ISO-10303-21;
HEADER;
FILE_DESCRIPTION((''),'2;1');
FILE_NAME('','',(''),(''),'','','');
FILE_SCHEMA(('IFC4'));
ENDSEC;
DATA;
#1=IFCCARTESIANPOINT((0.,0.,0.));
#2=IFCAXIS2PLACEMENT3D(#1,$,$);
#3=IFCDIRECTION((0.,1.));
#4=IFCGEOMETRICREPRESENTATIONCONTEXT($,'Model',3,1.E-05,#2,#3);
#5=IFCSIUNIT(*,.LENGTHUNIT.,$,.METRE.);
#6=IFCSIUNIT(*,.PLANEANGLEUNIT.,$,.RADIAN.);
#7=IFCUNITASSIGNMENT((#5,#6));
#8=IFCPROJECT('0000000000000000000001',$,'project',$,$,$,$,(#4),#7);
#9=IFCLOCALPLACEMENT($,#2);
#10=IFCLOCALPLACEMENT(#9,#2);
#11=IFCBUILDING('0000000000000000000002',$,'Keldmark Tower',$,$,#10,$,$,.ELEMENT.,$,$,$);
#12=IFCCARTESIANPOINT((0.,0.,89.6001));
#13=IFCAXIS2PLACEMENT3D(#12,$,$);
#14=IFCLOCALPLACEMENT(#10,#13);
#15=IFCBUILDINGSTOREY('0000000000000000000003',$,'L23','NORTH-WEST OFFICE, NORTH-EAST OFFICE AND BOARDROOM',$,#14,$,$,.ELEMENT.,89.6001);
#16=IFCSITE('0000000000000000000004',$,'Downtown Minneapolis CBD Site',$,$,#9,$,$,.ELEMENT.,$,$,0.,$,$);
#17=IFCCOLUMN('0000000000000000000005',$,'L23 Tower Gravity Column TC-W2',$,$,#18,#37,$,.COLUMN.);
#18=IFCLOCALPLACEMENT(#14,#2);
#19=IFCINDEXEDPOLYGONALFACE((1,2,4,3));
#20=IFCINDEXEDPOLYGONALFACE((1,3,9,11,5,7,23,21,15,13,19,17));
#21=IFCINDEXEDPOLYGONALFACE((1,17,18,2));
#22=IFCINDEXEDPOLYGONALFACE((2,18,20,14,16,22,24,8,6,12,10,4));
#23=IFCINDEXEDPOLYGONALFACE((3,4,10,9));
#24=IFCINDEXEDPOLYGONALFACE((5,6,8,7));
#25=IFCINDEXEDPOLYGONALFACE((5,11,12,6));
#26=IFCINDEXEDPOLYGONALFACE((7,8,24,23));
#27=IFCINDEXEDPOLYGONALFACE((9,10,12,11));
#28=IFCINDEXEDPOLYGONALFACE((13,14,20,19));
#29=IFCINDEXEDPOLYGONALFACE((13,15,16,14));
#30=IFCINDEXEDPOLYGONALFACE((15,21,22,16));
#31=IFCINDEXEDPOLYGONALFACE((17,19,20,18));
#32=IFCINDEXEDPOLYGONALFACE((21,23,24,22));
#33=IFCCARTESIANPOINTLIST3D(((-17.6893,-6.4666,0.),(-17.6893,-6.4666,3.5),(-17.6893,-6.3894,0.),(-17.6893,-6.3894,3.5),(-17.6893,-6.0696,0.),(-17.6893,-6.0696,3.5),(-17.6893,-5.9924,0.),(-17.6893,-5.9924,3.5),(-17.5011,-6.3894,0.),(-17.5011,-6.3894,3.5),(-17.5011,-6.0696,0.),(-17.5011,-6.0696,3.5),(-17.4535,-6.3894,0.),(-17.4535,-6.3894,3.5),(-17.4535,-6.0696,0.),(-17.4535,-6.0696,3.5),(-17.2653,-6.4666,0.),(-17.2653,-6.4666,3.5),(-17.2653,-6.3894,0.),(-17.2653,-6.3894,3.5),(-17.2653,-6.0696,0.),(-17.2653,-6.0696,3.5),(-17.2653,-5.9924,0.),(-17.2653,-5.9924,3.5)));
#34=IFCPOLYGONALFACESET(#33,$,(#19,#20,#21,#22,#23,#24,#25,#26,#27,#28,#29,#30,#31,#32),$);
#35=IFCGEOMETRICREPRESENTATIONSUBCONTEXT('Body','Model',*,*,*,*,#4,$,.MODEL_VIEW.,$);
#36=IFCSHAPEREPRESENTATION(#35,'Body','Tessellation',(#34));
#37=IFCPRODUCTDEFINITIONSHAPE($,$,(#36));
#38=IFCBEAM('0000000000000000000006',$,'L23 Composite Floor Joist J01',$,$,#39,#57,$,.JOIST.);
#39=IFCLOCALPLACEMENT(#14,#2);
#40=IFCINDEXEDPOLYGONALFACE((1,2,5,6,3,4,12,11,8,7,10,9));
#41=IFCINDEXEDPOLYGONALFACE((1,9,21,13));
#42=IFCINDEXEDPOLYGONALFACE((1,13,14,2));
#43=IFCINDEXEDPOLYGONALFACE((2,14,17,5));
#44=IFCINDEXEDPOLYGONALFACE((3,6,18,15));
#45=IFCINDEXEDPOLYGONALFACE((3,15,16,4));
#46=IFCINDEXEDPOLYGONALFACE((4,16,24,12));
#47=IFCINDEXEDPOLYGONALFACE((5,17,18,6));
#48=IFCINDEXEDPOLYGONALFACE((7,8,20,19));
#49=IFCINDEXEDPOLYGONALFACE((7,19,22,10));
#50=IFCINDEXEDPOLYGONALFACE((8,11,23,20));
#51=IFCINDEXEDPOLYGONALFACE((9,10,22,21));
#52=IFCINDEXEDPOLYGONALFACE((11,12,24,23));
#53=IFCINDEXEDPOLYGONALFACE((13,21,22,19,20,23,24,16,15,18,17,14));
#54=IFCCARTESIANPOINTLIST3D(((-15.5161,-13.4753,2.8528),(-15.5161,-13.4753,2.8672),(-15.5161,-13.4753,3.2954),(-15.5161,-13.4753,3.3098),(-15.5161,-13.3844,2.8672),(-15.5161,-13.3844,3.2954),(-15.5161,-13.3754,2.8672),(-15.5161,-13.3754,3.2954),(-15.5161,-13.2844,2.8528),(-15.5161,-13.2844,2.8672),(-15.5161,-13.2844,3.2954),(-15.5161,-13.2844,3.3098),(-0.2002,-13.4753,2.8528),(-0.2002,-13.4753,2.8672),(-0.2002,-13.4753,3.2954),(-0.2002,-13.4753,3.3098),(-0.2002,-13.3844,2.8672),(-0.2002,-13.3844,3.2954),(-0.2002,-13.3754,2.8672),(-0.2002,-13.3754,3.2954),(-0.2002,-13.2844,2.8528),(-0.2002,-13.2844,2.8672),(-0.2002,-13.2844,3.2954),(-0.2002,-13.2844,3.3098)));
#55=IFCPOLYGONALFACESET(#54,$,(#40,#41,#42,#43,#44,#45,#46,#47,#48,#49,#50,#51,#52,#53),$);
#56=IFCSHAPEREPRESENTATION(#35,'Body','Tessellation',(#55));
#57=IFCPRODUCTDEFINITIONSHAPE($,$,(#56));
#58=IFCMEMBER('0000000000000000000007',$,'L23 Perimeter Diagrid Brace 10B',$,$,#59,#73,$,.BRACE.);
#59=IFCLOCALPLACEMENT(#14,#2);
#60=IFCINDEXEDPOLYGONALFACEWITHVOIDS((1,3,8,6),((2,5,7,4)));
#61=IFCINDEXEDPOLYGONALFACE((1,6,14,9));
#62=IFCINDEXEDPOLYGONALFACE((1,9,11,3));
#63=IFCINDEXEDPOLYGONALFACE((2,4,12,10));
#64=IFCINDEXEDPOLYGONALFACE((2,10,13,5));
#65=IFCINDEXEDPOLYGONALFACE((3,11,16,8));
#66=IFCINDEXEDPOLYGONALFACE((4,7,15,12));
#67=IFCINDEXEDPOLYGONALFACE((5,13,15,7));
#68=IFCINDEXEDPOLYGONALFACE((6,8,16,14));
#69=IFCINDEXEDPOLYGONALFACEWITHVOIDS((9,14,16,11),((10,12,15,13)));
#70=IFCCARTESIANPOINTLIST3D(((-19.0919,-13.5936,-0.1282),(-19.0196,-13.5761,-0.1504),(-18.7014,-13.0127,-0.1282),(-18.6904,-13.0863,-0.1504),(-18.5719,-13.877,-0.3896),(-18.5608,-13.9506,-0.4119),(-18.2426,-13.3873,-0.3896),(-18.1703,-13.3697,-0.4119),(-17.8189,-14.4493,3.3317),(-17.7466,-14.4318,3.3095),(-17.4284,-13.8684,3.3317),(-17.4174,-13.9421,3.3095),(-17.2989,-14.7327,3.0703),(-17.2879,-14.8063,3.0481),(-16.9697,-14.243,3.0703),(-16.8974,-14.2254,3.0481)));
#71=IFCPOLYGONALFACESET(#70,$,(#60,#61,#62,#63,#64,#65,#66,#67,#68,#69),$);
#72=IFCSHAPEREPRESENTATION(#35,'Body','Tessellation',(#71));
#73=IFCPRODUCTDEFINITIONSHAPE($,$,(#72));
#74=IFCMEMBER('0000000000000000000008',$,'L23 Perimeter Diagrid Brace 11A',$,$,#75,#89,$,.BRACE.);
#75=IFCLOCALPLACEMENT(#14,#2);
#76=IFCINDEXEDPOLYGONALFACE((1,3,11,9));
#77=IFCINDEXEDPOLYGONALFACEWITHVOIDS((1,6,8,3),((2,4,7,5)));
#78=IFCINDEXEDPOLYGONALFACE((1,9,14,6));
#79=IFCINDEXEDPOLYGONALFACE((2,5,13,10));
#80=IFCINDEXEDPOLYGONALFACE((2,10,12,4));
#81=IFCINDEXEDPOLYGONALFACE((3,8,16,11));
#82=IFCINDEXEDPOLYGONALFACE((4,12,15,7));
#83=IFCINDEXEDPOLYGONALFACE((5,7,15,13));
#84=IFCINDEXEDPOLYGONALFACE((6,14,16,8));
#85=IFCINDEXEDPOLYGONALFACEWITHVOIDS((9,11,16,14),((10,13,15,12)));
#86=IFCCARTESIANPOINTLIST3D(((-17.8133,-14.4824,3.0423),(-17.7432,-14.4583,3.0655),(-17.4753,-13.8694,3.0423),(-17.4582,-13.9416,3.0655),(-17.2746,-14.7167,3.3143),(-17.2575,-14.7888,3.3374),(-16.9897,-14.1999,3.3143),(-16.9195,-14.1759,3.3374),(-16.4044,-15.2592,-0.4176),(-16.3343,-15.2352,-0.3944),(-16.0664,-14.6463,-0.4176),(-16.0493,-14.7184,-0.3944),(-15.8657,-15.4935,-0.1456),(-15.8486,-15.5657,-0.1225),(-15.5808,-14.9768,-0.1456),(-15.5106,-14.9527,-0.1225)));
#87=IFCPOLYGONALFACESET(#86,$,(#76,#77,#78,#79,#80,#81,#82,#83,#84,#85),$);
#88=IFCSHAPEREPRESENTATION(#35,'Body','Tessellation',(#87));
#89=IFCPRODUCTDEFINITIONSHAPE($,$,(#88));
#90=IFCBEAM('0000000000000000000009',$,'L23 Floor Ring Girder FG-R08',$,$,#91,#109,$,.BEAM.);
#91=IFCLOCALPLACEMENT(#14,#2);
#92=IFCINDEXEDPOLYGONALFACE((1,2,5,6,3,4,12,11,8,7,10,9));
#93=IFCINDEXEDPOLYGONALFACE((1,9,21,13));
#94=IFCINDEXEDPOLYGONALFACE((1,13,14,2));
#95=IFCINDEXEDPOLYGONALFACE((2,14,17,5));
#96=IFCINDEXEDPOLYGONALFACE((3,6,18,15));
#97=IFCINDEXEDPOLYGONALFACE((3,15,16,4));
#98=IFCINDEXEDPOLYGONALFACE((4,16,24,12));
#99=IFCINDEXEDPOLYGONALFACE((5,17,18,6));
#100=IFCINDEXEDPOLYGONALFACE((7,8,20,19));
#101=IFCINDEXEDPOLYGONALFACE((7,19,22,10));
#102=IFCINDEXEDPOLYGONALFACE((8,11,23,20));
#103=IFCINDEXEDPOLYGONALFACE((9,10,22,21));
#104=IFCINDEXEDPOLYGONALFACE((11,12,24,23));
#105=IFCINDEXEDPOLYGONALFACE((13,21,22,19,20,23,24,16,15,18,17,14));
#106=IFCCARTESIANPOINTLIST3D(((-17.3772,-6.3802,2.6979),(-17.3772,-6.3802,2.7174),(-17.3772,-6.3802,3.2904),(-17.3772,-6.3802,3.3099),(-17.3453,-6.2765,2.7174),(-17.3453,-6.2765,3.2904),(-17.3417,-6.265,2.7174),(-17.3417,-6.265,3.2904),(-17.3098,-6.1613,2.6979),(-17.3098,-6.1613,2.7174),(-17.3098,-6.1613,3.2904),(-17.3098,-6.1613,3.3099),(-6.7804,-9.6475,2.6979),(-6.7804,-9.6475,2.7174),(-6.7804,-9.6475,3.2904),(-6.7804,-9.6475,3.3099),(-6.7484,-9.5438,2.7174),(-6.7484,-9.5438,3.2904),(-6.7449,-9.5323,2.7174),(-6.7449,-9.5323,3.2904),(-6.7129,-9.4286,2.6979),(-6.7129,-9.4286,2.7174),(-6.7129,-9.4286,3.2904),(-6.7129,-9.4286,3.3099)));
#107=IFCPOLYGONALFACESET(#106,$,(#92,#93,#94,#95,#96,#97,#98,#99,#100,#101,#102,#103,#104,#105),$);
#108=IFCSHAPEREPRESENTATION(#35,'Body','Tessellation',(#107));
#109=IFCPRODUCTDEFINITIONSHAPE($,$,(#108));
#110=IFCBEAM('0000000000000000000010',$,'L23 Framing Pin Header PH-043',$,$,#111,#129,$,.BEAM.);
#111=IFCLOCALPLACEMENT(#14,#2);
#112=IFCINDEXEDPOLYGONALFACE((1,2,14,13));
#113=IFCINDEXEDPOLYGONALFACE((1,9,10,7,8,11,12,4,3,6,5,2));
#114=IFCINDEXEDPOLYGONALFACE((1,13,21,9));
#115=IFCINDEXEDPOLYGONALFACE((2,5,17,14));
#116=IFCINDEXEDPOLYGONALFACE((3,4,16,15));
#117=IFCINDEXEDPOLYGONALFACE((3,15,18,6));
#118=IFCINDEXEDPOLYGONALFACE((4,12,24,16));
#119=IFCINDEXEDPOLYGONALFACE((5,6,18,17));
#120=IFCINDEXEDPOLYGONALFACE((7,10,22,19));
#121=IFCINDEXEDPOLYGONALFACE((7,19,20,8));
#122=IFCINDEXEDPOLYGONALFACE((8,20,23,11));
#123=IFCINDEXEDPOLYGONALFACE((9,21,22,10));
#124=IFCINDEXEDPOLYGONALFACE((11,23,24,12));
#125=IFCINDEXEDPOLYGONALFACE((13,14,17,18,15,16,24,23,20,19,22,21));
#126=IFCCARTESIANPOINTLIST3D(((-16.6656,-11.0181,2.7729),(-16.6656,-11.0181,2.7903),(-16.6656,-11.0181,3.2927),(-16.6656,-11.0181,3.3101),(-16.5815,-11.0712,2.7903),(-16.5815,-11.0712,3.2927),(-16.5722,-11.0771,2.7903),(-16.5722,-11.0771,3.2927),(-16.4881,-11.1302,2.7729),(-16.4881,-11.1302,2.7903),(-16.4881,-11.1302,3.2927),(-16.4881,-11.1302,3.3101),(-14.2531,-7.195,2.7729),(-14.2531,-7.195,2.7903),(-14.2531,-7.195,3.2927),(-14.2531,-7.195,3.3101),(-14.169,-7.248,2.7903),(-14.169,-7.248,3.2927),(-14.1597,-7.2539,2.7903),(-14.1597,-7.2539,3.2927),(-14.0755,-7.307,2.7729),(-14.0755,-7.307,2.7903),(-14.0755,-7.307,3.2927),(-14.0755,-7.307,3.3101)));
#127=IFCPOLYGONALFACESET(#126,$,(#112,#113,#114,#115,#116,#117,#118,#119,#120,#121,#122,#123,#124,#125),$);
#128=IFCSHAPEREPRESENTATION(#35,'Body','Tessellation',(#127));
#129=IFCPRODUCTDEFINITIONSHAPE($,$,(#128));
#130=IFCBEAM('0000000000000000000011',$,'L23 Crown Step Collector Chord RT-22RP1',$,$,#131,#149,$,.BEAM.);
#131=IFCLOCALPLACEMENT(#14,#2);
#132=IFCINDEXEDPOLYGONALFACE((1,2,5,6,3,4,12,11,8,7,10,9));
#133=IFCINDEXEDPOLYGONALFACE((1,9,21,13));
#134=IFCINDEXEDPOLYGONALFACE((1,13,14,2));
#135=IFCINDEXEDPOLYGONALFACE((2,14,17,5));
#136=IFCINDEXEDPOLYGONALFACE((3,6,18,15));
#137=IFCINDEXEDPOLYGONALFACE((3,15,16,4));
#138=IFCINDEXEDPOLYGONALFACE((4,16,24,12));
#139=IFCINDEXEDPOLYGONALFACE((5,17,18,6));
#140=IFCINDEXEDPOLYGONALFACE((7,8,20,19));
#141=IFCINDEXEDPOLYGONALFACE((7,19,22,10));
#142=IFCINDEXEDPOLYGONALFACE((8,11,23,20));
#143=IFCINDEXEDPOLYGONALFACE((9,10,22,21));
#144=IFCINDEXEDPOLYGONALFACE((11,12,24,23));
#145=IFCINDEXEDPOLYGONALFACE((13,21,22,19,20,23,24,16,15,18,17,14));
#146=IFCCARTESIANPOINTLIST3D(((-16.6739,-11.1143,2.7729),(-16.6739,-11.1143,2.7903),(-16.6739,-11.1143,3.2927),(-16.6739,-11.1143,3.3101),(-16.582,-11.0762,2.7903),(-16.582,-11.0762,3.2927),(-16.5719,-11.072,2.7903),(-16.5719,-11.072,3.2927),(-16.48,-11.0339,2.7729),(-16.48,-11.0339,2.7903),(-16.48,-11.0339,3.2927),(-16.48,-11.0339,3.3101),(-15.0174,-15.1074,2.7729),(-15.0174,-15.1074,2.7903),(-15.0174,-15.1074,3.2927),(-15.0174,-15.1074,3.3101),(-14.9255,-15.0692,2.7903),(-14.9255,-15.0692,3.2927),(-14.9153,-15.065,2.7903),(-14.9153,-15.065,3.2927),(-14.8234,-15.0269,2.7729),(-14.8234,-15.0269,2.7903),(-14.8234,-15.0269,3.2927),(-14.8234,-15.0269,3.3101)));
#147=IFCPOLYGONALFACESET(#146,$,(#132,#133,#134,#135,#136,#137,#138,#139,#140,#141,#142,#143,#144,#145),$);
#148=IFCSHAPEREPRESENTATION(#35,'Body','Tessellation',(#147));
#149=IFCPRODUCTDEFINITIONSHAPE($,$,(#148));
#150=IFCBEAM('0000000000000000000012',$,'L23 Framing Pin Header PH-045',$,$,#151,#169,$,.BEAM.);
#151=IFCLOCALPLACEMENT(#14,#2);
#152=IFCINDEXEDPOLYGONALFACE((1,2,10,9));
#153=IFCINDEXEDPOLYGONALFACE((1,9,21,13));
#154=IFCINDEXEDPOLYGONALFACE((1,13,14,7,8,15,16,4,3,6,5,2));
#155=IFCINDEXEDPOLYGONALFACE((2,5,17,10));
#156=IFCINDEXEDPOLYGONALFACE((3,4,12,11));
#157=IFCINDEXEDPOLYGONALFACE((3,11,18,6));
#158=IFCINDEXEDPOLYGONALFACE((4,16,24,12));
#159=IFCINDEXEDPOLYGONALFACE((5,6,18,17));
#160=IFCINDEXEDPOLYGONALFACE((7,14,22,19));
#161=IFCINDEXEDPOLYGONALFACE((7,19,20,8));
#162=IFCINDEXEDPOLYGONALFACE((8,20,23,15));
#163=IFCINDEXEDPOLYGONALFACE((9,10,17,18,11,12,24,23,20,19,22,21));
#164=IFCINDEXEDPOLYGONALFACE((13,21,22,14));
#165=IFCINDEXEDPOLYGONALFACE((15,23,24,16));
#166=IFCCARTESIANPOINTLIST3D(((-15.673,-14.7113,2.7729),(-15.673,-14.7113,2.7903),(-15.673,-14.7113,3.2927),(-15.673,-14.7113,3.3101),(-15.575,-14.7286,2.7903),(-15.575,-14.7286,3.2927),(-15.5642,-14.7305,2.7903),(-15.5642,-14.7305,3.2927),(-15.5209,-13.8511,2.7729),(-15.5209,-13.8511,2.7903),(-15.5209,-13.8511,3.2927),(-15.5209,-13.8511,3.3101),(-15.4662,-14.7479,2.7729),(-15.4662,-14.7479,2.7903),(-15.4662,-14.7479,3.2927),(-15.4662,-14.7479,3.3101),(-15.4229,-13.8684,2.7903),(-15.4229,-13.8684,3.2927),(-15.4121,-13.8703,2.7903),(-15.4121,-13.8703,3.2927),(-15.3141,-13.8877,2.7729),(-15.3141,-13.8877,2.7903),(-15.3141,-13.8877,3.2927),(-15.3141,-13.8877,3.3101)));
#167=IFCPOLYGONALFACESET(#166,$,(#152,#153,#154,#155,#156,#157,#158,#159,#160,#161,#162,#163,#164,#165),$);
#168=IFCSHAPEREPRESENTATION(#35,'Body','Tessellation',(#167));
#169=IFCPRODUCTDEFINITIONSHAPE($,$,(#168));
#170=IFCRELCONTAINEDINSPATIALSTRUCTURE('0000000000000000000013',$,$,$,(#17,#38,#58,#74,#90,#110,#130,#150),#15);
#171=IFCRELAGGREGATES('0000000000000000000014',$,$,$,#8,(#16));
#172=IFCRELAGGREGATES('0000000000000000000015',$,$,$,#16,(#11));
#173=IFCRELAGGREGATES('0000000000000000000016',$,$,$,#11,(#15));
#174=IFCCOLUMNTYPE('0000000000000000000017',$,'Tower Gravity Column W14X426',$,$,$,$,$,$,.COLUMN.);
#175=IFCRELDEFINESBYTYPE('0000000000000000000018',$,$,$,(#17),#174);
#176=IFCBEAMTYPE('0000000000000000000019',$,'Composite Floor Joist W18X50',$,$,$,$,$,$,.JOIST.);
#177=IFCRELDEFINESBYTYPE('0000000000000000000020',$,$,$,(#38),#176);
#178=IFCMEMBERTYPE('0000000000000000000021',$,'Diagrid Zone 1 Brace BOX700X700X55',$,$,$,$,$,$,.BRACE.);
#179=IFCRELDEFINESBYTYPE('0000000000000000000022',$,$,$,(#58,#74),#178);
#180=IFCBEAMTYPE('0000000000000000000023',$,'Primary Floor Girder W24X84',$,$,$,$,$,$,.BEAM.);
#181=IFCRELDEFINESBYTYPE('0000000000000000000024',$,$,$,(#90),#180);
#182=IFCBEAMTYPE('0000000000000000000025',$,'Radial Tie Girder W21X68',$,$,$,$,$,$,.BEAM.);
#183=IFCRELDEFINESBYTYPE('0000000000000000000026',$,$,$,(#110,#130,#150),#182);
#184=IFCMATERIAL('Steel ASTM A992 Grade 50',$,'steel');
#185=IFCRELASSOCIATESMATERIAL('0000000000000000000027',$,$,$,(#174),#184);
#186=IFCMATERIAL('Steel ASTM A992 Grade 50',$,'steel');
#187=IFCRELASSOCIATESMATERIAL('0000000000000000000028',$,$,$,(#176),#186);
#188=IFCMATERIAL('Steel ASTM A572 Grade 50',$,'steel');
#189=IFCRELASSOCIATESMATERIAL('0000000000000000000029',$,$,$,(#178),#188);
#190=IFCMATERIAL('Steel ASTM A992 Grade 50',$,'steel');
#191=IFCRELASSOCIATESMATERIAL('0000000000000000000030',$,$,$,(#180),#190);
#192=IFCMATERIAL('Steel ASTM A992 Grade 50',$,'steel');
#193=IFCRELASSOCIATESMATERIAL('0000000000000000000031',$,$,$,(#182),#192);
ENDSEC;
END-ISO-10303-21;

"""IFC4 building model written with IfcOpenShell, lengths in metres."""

from ifc_helpers import new_model, si_unit, direction, frame, origin, origin_2d, place, context, subcontext, project, spatial, hollow_rectangle, i_section, extrude, material, material_profile, profile_set, type_object, element, save


model = new_model("IFC4")

# Units and contexts
model_context = context("Model", 3, precision=1e-05, world=origin(), true_north=direction((0.0, 1.0)))
body_context = subcontext(model_context, "Body", "Model", "MODEL_VIEW")
ifc_project = project(units=[si_unit("LENGTHUNIT", "METRE"), si_unit("PLANEANGLEUNIT", "RADIAN")], contexts=[model_context])

# Site, building, storey
site_placement = place(None, origin())
site = spatial("IfcSite", under=ifc_project, at=site_placement, Name="Downtown Minneapolis CBD Site", CompositionType="ELEMENT", RefElevation=0.0)
building_placement = place(site_placement, origin())
building = spatial("IfcBuilding", under=site, at=building_placement, Name="Keldmark Tower", CompositionType="ELEMENT")
storey_placement = place(building_placement, frame((0.0, 0.0, 89.6001)))
storey = spatial("IfcBuildingStorey", under=building, at=storey_placement, Name="L23", Description="NORTH-WEST OFFICE, NORTH-EAST OFFICE AND BOARDROOM", CompositionType="ELEMENT", Elevation=89.6001)

# Column
ifc_material_1 = material(Name="Steel ASTM A992 Grade 50", Category="steel")
ifc_material_profile_1 = material_profile(ifc_material_1, i_section(OverallWidth=0.4241, OverallDepth=0.4741, WebThickness=0.0476, FlangeThickness=0.0771, at=origin_2d()), Name="W14X426")
ifc_profile_set_1 = profile_set([ifc_material_profile_1], Name="Steel ASTM A992 Grade 50")
column_type = type_object("IfcColumnType", Name="Tower Gravity Column W14X426", PredefinedType="COLUMN", material=ifc_profile_set_1)
column_placement = place(storey_placement, frame((-17.4773, -6.2295, 0.0), z_axis=(0.0, 0.0, 1.0), x_axis=(1.0, 0.0, 0.0)))
element("IfcColumn", 1, at=column_placement, inside=storey, type_object=column_type, Name="L23 Tower Gravity Column TC-W2", PredefinedType="COLUMN", context=body_context, shape_type="SweptSolid", body=[
    extrude(i_section(OverallWidth=0.4241, OverallDepth=0.4741, WebThickness=0.0476, FlangeThickness=0.0771, at=origin_2d()), origin(), (0.0, 0.0, 1.0), 3.5),
])

# Beam
ifc_material_2 = material(Name="Steel ASTM A992 Grade 50", Category="steel")
ifc_material_profile_2 = material_profile(ifc_material_2, i_section(OverallWidth=0.1909, OverallDepth=0.457, WebThickness=0.009, FlangeThickness=0.0144, at=origin_2d()), Name="W18X50")
ifc_profile_set_2 = profile_set([ifc_material_profile_2], Name="Steel ASTM A992 Grade 50")
beam_type_1 = type_object("IfcBeamType", Name="Composite Floor Joist W18X50", PredefinedType="JOIST", material=ifc_profile_set_2)
beam_1_placement = place(storey_placement, frame((-15.5161, -13.3799, 3.0813), z_axis=(1.0, 0.0, 0.0), x_axis=(0.0, 1.0, 0.0)))
element("IfcBeam", 2, at=beam_1_placement, inside=storey, type_object=beam_type_1, Name="L23 Composite Floor Joist J01", PredefinedType="JOIST", context=body_context, shape_type="SweptSolid", body=[
    extrude(i_section(OverallWidth=0.1909, OverallDepth=0.457, WebThickness=0.009, FlangeThickness=0.0144, at=origin_2d()), origin(), (0.0, 0.0, 1.0), 15.3159),
])

# Members
ifc_material_3 = material(Name="Steel ASTM A572 Grade 50", Category="steel")
ifc_material_profile_3 = material_profile(ifc_material_3, hollow_rectangle(XDim=0.7, YDim=0.7, WallThickness=0.0549, at=origin_2d()), Name="BOX700X700X55")
ifc_profile_set_3 = profile_set([ifc_material_profile_3], Name="Steel ASTM A572 Grade 50")
member_type = type_object("IfcMemberType", Name="Diagrid Zone 1 Brace BOX700X700X55", PredefinedType="BRACE", material=ifc_profile_set_3)
member_1_placement = place(storey_placement, frame((-18.6311, -13.4817, -0.27), z_axis=(0.336341, -0.226098, 0.914196), x_axis=(0.557892, 0.829914, 0.0)))
element("IfcMember", 3, at=member_1_placement, inside=storey, type_object=member_type, Name="L23 Perimeter Diagrid Brace 10B", PredefinedType="BRACE", context=body_context, shape_type="SweptSolid", body=[
    extrude(hollow_rectangle(XDim=0.7, YDim=0.7, WallThickness=0.0549, at=origin_2d()), origin(), (0.0, 0.0, 1.0), 3.7847),
])
member_2_placement = place(storey_placement, frame((-15.9575, -15.106, -0.27), z_axis=(-0.369242, 0.203592, 0.906758), x_axis=(-0.482845, -0.875706, 0.0)))
element("IfcMember", 4, at=member_2_placement, inside=storey, type_object=member_type, Name="L23 Perimeter Diagrid Brace 11A", PredefinedType="BRACE", context=body_context, shape_type="SweptSolid", body=[
    extrude(hollow_rectangle(XDim=0.7, YDim=0.7, WallThickness=0.0549, at=origin_2d()), origin(), (0.0, 0.0, 1.0), 3.8157),
])

# Beams
ifc_material_4 = material(Name="Steel ASTM A992 Grade 50", Category="steel")
ifc_material_profile_4 = material_profile(ifc_material_4, i_section(OverallWidth=0.229, OverallDepth=0.6121, WebThickness=0.012, FlangeThickness=0.0195, at=origin_2d()), Name="W24X84")
ifc_profile_set_4 = profile_set([ifc_material_profile_4], Name="Steel ASTM A992 Grade 50")
beam_type_2 = type_object("IfcBeamType", Name="Primary Floor Girder W24X84", PredefinedType="BEAM", material=ifc_profile_set_4)
beam_2_placement = place(storey_placement, frame((-17.3435, -6.2708, 3.0039), z_axis=(0.955608, -0.294641, 0.0), x_axis=(0.294641, 0.955608, 0.0)))
element("IfcBeam", 5, at=beam_2_placement, inside=storey, type_object=beam_type_2, Name="L23 Floor Ring Girder FG-R08", PredefinedType="BEAM", context=body_context, shape_type="SweptSolid", body=[
    extrude(i_section(OverallWidth=0.229, OverallDepth=0.6121, WebThickness=0.012, FlangeThickness=0.0195, at=origin_2d()), origin(), (0.0, 0.0, 1.0), 11.0891),
])
ifc_material_5 = material(Name="Steel ASTM A992 Grade 50", Category="steel")
ifc_material_profile_5 = material_profile(ifc_material_5, i_section(OverallWidth=0.21, OverallDepth=0.5371, WebThickness=0.011, FlangeThickness=0.0173, at=origin_2d()), Name="W21X68")
ifc_profile_set_5 = profile_set([ifc_material_profile_5], Name="Steel ASTM A992 Grade 50")
beam_type_3 = type_object("IfcBeamType", Name="Radial Tie Girder W21X68", PredefinedType="BEAM", material=ifc_profile_set_5)
beam_3_placement = place(storey_placement, frame((-14.1643, -7.251, 3.0415), z_axis=(-0.533664, -0.845697, 0.0), x_axis=(0.845697, -0.533664, 0.0)))
element("IfcBeam", 6, at=beam_3_placement, inside=storey, type_object=beam_type_3, Name="L23 Framing Pin Header PH-043", PredefinedType="BEAM", context=body_context, shape_type="SweptSolid", body=[
    extrude(i_section(OverallWidth=0.21, OverallDepth=0.5371, WebThickness=0.011, FlangeThickness=0.0173, at=origin_2d()), origin(), (0.0, 0.0, 1.0), 4.5208),
])
beam_4_placement = place(storey_placement, frame((-14.9204, -15.0671, 3.0415), z_axis=(-0.383191, 0.923669, 0.0), x_axis=(-0.923669, -0.383191, 0.0)))
element("IfcBeam", 7, at=beam_4_placement, inside=storey, type_object=beam_type_3, Name="L23 Crown Step Collector Chord RT-22RP1", PredefinedType="BEAM", context=body_context, shape_type="SweptSolid", body=[
    extrude(i_section(OverallWidth=0.21, OverallDepth=0.5371, WebThickness=0.011, FlangeThickness=0.0173, at=origin_2d()), origin(), (0.0, 0.0, 1.0), 4.323),
])
beam_5_placement = place(storey_placement, frame((-15.4175, -13.8694, 3.0415), z_axis=(-0.174136, -0.984722, 0.0), x_axis=(0.984722, -0.174136, 0.0)))
element("IfcBeam", 8, at=beam_5_placement, inside=storey, type_object=beam_type_3, Name="L23 Framing Pin Header PH-045", PredefinedType="BEAM", context=body_context, shape_type="SweptSolid", body=[
    extrude(i_section(OverallWidth=0.21, OverallDepth=0.5371, WebThickness=0.011, FlangeThickness=0.0173, at=origin_2d()), origin(), (0.0, 0.0, 1.0), 0.8735),
])

save(model, "model.ifc")
